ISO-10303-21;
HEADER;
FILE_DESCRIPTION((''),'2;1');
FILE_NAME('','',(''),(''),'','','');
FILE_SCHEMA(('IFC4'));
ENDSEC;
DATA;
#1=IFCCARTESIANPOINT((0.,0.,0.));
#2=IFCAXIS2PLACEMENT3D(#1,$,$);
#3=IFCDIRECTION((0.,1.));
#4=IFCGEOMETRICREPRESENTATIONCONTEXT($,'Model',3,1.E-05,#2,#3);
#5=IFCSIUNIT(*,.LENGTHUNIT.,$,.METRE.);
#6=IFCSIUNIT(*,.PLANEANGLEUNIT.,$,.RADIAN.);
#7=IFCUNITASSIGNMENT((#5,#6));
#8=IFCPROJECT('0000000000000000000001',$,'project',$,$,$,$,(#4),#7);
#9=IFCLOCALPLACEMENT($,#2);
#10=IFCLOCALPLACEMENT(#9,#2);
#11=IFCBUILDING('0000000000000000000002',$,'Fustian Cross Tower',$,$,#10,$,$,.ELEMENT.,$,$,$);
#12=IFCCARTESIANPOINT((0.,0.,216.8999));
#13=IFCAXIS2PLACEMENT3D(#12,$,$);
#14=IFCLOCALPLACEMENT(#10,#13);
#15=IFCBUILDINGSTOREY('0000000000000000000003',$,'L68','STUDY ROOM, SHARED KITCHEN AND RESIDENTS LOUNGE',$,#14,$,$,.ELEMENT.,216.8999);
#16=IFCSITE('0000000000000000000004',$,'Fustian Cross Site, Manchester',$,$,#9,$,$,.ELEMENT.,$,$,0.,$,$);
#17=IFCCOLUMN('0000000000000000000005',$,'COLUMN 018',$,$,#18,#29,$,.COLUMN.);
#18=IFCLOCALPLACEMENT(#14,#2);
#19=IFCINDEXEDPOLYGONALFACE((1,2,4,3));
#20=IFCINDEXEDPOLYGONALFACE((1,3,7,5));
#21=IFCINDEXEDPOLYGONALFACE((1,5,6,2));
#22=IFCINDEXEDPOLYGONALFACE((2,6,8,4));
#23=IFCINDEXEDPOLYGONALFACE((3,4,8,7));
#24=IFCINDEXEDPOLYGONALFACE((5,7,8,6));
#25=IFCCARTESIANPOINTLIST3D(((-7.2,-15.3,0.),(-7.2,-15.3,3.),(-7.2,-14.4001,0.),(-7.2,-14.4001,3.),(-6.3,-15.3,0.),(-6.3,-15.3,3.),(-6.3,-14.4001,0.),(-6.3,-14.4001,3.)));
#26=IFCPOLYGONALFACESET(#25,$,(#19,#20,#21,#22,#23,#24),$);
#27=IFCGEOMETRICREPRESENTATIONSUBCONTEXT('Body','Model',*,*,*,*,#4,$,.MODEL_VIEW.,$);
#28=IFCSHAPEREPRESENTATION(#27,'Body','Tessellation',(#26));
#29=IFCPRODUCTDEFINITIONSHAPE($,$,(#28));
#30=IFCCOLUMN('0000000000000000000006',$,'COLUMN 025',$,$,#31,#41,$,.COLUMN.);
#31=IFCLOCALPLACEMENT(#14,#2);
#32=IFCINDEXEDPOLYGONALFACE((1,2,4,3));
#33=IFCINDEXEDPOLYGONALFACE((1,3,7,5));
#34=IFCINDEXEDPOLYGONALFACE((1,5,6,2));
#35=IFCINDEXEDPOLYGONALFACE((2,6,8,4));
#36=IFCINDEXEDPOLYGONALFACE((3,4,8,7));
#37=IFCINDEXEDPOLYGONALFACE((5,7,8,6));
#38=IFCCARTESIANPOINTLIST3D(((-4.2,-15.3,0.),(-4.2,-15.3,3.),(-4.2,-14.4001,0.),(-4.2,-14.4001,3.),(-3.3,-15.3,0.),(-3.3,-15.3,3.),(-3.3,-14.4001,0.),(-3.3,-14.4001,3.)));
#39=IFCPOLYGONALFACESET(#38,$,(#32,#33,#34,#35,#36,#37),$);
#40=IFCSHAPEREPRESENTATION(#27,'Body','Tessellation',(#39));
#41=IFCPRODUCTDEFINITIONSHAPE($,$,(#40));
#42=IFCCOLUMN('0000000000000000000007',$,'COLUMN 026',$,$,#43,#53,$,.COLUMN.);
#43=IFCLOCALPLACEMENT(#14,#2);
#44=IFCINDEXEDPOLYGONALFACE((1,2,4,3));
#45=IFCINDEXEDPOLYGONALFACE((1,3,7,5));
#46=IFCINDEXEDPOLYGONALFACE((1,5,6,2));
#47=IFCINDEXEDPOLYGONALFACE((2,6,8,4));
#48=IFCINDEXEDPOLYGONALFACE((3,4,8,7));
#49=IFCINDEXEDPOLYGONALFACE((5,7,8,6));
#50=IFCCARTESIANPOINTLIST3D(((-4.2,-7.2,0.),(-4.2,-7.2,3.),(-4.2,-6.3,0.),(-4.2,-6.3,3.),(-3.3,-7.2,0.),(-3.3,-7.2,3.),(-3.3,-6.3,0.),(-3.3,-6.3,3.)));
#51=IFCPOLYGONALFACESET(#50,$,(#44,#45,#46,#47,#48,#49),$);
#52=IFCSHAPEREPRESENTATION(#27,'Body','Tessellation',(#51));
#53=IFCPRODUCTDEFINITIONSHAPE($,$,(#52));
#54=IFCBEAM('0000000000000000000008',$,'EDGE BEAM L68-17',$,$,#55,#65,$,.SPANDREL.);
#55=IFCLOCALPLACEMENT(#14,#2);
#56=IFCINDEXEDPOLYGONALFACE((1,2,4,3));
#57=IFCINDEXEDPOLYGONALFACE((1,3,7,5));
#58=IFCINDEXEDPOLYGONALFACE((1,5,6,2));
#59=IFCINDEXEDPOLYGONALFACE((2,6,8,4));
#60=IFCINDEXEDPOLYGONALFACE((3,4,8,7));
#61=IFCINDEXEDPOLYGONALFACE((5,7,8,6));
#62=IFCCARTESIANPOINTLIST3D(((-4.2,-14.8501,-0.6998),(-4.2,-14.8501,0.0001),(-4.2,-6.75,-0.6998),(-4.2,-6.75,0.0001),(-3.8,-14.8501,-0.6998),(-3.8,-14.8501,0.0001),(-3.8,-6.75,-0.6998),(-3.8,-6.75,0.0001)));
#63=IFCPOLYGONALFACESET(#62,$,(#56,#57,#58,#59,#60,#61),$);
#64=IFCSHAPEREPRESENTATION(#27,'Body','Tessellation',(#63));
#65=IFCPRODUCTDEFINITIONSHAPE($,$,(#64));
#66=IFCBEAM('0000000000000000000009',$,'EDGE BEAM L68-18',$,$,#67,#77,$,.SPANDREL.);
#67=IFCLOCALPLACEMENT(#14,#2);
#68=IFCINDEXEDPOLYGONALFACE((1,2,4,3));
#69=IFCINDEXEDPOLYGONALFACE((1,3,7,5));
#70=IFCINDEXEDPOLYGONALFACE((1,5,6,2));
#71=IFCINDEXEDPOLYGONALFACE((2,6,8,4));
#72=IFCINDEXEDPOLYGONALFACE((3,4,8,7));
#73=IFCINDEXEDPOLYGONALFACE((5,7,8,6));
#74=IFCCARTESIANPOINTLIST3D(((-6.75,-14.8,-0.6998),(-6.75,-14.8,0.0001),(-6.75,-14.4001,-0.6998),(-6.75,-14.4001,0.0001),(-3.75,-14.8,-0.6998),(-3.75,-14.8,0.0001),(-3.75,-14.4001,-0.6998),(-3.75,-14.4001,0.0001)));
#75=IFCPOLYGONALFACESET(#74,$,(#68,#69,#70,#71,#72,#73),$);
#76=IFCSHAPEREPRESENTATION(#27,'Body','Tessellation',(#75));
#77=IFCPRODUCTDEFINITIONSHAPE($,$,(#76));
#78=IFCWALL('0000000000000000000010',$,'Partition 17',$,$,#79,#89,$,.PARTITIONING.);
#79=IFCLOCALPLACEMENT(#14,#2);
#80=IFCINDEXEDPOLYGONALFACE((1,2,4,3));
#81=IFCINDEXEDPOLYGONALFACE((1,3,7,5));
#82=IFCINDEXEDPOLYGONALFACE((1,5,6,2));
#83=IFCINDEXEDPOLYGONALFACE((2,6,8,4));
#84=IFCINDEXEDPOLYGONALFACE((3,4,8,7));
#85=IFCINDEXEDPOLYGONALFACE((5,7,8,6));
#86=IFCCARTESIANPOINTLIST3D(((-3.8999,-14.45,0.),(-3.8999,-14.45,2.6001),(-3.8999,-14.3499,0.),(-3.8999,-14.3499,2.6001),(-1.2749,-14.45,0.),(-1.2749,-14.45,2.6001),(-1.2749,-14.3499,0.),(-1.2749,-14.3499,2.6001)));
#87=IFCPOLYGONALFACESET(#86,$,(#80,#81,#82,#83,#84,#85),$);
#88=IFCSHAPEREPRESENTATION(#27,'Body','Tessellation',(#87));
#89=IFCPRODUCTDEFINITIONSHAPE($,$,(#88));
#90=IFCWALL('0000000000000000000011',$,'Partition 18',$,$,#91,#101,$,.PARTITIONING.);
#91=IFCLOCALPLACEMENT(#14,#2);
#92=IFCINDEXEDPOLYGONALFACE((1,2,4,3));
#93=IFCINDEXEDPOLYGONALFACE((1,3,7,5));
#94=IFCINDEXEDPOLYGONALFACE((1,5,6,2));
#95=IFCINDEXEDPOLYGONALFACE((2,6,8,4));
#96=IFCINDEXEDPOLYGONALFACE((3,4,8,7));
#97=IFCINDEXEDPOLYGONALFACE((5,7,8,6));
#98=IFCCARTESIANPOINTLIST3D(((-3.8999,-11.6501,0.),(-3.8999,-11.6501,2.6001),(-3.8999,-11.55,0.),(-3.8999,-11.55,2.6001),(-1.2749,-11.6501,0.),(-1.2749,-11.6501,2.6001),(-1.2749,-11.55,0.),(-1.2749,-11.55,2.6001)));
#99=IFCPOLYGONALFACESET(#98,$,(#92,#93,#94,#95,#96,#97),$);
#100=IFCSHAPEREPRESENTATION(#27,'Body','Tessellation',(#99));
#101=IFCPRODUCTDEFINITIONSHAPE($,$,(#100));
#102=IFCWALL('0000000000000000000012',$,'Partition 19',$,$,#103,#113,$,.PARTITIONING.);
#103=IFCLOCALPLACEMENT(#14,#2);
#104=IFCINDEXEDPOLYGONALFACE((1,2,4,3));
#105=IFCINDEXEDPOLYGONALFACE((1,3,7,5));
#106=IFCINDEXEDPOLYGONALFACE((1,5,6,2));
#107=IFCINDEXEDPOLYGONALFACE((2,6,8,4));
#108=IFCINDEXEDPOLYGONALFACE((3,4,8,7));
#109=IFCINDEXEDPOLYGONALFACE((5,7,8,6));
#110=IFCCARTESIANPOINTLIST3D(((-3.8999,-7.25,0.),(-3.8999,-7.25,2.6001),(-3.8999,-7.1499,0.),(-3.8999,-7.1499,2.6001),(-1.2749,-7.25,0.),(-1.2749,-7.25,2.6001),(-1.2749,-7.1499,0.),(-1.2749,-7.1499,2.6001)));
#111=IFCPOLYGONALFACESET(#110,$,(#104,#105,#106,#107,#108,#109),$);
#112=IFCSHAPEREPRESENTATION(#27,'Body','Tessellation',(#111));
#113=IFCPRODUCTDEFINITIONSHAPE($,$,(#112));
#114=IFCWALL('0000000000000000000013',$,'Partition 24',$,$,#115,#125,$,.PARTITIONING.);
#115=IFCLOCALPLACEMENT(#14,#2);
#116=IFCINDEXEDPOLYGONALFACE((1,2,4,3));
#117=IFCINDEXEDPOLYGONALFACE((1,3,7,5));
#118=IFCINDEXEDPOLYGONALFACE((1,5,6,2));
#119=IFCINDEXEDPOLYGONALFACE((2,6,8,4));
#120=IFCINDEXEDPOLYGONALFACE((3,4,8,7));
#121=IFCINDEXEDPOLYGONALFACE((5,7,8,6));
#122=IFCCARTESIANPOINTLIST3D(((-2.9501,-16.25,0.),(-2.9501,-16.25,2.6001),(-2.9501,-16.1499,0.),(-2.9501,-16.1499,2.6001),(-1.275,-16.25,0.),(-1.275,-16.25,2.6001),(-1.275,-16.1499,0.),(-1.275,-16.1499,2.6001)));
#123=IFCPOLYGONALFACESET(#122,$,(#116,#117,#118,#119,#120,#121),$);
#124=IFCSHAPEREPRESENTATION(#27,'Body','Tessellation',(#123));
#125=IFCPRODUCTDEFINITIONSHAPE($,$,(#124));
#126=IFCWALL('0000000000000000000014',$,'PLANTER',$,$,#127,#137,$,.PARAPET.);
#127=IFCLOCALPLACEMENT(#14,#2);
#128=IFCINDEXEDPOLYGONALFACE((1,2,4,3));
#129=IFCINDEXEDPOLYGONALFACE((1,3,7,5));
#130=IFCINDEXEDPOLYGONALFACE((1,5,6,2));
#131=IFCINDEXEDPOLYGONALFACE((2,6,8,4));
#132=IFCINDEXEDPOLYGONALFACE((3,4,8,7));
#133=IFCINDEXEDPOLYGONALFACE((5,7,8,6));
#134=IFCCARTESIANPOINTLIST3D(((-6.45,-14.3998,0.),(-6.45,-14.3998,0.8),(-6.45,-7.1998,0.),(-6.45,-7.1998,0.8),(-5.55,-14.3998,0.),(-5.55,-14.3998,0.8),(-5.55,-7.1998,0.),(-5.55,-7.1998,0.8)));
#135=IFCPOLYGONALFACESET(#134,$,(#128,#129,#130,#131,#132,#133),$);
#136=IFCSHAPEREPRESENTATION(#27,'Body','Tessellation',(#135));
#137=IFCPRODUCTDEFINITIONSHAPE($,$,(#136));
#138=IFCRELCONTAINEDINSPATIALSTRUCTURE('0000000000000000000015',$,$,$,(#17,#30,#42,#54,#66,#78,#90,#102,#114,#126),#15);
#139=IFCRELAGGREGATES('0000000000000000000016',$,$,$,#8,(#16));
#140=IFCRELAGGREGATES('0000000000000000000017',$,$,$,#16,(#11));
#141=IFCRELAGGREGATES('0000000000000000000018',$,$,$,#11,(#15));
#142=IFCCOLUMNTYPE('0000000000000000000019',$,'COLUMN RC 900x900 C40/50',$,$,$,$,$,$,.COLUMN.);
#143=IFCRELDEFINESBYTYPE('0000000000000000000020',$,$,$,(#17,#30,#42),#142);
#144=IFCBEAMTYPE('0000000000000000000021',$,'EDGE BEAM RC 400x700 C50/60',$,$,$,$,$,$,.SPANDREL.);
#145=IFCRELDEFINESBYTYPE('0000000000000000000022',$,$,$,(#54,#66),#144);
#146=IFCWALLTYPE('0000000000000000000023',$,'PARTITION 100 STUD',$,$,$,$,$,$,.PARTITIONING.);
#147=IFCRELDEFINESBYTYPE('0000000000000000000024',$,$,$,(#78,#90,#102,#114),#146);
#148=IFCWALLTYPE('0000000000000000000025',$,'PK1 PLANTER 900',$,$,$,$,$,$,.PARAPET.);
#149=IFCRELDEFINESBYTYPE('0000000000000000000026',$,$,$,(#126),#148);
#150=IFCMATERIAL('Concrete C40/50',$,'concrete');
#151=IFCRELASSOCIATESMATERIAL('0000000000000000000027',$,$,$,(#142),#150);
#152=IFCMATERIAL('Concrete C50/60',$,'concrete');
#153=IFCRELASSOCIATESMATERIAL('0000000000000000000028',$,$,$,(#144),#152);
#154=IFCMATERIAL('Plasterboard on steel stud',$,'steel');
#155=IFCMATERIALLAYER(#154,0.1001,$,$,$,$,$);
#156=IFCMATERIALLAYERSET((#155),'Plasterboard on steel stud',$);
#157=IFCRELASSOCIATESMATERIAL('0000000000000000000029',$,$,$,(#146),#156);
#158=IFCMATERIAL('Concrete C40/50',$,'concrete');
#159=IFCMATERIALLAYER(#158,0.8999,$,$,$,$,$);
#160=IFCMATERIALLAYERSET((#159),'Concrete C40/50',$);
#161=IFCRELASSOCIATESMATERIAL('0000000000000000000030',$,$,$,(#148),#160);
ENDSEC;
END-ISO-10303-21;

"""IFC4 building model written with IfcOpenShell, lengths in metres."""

from ifc_helpers import new_model, si_unit, direction, frame, frame_2d, origin, origin_2d, place, context, subcontext, project, spatial, rectangle, extrude, material, layer, layer_set, material_profile, profile_set, type_object, element, save


model = new_model("IFC4")

# Units and contexts
model_context = context("Model", 3, precision=1e-05, world=origin(), true_north=direction((0.0, 1.0)))
body_context = subcontext(model_context, "Body", "Model", "MODEL_VIEW")
ifc_project = project(units=[si_unit("LENGTHUNIT", "METRE"), si_unit("PLANEANGLEUNIT", "RADIAN")], contexts=[model_context])

# Site, building, storey
site_placement = place(None, origin())
site = spatial("IfcSite", under=ifc_project, at=site_placement, Name="Fustian Cross Site, Manchester", CompositionType="ELEMENT", RefElevation=0.0)
building_placement = place(site_placement, origin())
building = spatial("IfcBuilding", under=site, at=building_placement, Name="Fustian Cross Tower", CompositionType="ELEMENT")
storey_placement = place(building_placement, frame((0.0, 0.0, 216.8999)))
storey = spatial("IfcBuildingStorey", under=building, at=storey_placement, Name="L68", Description="STUDY ROOM, SHARED KITCHEN AND RESIDENTS LOUNGE", CompositionType="ELEMENT", Elevation=216.8999)

# Columns
ifc_material_1 = material(Name="Concrete C40/50", Category="concrete")
ifc_material_profile_1 = material_profile(ifc_material_1, rectangle(XDim=0.8999, YDim=0.8999, at=origin_2d()), Name="RC 900x900")
ifc_profile_set_1 = profile_set([ifc_material_profile_1], Name="Concrete C40/50")
column_type = type_object("IfcColumnType", Name="COLUMN RC 900x900 C40/50", PredefinedType="COLUMN", material=ifc_profile_set_1)
for number, where, z_axis, x_axis, name in (
    (1, (-6.75, -14.8501, 0.0), (0.0, 0.0, 1.0), (1.0, 0.0, 0.0), "COLUMN 018"),
    (2, (-3.75, -14.8501, 0.0), (0.0, 0.0, 1.0), (1.0, 0.0, 0.0), "COLUMN 025"),
    (3, (-3.75, -6.75, 0.0), (0.0, 0.0, 1.0), (1.0, 0.0, 0.0), "COLUMN 026"),
):
    element("IfcColumn", number, at=place(storey_placement, frame(where, z_axis=z_axis, x_axis=x_axis)), inside=storey, type_object=column_type, Name=name, PredefinedType="COLUMN", context=body_context, shape_type="SweptSolid", body=[
        extrude(rectangle(XDim=0.8999, YDim=0.8999, at=origin_2d()), origin(), (0.0, 0.0, 1.0), 3.0),
    ])

# Beams
ifc_material_2 = material(Name="Concrete C50/60", Category="concrete")
ifc_material_profile_2 = material_profile(ifc_material_2, rectangle(XDim=0.3999, YDim=0.7, at=origin_2d()), Name="RC 400x700")
ifc_profile_set_2 = profile_set([ifc_material_profile_2], Name="Concrete C50/60")
beam_type = type_object("IfcBeamType", Name="EDGE BEAM RC 400x700 C50/60", PredefinedType="SPANDREL", material=ifc_profile_set_2)
beam_1_placement = place(storey_placement, frame((-4.0, -6.75, -0.3499), z_axis=(0.0, -1.0, 0.0), x_axis=(1.0, 0.0, 0.0)))
element("IfcBeam", 4, at=beam_1_placement, inside=storey, type_object=beam_type, Name="EDGE BEAM L68-17", PredefinedType="SPANDREL", context=body_context, shape_type="SweptSolid", body=[
    extrude(rectangle(XDim=0.3999, YDim=0.7, at=origin_2d()), origin(), (0.0, 0.0, 1.0), 8.1001),
])
beam_2_placement = place(storey_placement, frame((-3.75, -14.6001, -0.3499), z_axis=(-1.0, 0.0, 0.0), x_axis=(0.0, -1.0, 0.0)))
element("IfcBeam", 5, at=beam_2_placement, inside=storey, type_object=beam_type, Name="EDGE BEAM L68-18", PredefinedType="SPANDREL", context=body_context, shape_type="SweptSolid", body=[
    extrude(rectangle(XDim=0.3999, YDim=0.7, at=origin_2d()), origin(), (0.0, 0.0, 1.0), 3.0),
])

# Walls
ifc_material_3 = material(Name="Plasterboard on steel stud", Category="steel")
ifc_layer_1 = layer(ifc_material_3, 0.1001)
ifc_layer_set_1 = layer_set([ifc_layer_1], Name="Plasterboard on steel stud")
wall_type_1 = type_object("IfcWallType", Name="PARTITION 100 STUD", PredefinedType="PARTITIONING", material=ifc_layer_set_1)
for number, where, z_axis, x_axis, name in (
    (6, (-3.8999, -14.3999, 0.0), (0.0, 0.0, 1.0), (1.0, 0.0, 0.0), "Partition 17"),
    (7, (-3.8999, -11.6001, 0.0), (0.0, 0.0, 1.0), (1.0, 0.0, 0.0), "Partition 18"),
    (8, (-3.8999, -7.2, 0.0), (0.0, 0.0, 1.0), (1.0, 0.0, 0.0), "Partition 19"),
):
    element("IfcWall", number, at=place(storey_placement, frame(where, z_axis=z_axis, x_axis=x_axis)), inside=storey, type_object=wall_type_1, Name=name, PredefinedType="PARTITIONING", context=body_context, shape_type="SweptSolid", body=[
        extrude(rectangle(XDim=2.625, YDim=0.1001, at=frame_2d((1.3125, 0.0))), origin(), (0.0, 0.0, 1.0), 2.6001),
    ])
wall_1_placement = place(storey_placement, frame((-2.95, -16.2, 0.0), z_axis=(0.0, 0.0, 1.0), x_axis=(1.0, 0.0, 0.0)))
element("IfcWall", 9, at=wall_1_placement, inside=storey, type_object=wall_type_1, Name="Partition 24", PredefinedType="PARTITIONING", context=body_context, shape_type="SweptSolid", body=[
    extrude(rectangle(XDim=1.675, YDim=0.1001, at=frame_2d((0.8374, 0.0))), origin(), (0.0, 0.0, 1.0), 2.6001),
])
ifc_material_4 = material(Name="Concrete C40/50", Category="concrete")
ifc_layer_2 = layer(ifc_material_4, 0.8999)
ifc_layer_set_2 = layer_set([ifc_layer_2], Name="Concrete C40/50")
wall_type_2 = type_object("IfcWallType", Name="PK1 PLANTER 900", PredefinedType="PARAPET", material=ifc_layer_set_2)
wall_2_placement = place(storey_placement, frame((-6.0, -14.3999, 0.0), z_axis=(0.0, 0.0, 1.0), x_axis=(0.0, 1.0, 0.0)))
element("IfcWall", 10, at=wall_2_placement, inside=storey, type_object=wall_type_2, Name="PLANTER", PredefinedType="PARAPET", context=body_context, shape_type="SweptSolid", body=[
    extrude(rectangle(XDim=7.2, YDim=0.8999, at=frame_2d((3.6001, 0.0))), origin(), (0.0, 0.0, 1.0), 0.8),
])

save(model, "model.ifc")
